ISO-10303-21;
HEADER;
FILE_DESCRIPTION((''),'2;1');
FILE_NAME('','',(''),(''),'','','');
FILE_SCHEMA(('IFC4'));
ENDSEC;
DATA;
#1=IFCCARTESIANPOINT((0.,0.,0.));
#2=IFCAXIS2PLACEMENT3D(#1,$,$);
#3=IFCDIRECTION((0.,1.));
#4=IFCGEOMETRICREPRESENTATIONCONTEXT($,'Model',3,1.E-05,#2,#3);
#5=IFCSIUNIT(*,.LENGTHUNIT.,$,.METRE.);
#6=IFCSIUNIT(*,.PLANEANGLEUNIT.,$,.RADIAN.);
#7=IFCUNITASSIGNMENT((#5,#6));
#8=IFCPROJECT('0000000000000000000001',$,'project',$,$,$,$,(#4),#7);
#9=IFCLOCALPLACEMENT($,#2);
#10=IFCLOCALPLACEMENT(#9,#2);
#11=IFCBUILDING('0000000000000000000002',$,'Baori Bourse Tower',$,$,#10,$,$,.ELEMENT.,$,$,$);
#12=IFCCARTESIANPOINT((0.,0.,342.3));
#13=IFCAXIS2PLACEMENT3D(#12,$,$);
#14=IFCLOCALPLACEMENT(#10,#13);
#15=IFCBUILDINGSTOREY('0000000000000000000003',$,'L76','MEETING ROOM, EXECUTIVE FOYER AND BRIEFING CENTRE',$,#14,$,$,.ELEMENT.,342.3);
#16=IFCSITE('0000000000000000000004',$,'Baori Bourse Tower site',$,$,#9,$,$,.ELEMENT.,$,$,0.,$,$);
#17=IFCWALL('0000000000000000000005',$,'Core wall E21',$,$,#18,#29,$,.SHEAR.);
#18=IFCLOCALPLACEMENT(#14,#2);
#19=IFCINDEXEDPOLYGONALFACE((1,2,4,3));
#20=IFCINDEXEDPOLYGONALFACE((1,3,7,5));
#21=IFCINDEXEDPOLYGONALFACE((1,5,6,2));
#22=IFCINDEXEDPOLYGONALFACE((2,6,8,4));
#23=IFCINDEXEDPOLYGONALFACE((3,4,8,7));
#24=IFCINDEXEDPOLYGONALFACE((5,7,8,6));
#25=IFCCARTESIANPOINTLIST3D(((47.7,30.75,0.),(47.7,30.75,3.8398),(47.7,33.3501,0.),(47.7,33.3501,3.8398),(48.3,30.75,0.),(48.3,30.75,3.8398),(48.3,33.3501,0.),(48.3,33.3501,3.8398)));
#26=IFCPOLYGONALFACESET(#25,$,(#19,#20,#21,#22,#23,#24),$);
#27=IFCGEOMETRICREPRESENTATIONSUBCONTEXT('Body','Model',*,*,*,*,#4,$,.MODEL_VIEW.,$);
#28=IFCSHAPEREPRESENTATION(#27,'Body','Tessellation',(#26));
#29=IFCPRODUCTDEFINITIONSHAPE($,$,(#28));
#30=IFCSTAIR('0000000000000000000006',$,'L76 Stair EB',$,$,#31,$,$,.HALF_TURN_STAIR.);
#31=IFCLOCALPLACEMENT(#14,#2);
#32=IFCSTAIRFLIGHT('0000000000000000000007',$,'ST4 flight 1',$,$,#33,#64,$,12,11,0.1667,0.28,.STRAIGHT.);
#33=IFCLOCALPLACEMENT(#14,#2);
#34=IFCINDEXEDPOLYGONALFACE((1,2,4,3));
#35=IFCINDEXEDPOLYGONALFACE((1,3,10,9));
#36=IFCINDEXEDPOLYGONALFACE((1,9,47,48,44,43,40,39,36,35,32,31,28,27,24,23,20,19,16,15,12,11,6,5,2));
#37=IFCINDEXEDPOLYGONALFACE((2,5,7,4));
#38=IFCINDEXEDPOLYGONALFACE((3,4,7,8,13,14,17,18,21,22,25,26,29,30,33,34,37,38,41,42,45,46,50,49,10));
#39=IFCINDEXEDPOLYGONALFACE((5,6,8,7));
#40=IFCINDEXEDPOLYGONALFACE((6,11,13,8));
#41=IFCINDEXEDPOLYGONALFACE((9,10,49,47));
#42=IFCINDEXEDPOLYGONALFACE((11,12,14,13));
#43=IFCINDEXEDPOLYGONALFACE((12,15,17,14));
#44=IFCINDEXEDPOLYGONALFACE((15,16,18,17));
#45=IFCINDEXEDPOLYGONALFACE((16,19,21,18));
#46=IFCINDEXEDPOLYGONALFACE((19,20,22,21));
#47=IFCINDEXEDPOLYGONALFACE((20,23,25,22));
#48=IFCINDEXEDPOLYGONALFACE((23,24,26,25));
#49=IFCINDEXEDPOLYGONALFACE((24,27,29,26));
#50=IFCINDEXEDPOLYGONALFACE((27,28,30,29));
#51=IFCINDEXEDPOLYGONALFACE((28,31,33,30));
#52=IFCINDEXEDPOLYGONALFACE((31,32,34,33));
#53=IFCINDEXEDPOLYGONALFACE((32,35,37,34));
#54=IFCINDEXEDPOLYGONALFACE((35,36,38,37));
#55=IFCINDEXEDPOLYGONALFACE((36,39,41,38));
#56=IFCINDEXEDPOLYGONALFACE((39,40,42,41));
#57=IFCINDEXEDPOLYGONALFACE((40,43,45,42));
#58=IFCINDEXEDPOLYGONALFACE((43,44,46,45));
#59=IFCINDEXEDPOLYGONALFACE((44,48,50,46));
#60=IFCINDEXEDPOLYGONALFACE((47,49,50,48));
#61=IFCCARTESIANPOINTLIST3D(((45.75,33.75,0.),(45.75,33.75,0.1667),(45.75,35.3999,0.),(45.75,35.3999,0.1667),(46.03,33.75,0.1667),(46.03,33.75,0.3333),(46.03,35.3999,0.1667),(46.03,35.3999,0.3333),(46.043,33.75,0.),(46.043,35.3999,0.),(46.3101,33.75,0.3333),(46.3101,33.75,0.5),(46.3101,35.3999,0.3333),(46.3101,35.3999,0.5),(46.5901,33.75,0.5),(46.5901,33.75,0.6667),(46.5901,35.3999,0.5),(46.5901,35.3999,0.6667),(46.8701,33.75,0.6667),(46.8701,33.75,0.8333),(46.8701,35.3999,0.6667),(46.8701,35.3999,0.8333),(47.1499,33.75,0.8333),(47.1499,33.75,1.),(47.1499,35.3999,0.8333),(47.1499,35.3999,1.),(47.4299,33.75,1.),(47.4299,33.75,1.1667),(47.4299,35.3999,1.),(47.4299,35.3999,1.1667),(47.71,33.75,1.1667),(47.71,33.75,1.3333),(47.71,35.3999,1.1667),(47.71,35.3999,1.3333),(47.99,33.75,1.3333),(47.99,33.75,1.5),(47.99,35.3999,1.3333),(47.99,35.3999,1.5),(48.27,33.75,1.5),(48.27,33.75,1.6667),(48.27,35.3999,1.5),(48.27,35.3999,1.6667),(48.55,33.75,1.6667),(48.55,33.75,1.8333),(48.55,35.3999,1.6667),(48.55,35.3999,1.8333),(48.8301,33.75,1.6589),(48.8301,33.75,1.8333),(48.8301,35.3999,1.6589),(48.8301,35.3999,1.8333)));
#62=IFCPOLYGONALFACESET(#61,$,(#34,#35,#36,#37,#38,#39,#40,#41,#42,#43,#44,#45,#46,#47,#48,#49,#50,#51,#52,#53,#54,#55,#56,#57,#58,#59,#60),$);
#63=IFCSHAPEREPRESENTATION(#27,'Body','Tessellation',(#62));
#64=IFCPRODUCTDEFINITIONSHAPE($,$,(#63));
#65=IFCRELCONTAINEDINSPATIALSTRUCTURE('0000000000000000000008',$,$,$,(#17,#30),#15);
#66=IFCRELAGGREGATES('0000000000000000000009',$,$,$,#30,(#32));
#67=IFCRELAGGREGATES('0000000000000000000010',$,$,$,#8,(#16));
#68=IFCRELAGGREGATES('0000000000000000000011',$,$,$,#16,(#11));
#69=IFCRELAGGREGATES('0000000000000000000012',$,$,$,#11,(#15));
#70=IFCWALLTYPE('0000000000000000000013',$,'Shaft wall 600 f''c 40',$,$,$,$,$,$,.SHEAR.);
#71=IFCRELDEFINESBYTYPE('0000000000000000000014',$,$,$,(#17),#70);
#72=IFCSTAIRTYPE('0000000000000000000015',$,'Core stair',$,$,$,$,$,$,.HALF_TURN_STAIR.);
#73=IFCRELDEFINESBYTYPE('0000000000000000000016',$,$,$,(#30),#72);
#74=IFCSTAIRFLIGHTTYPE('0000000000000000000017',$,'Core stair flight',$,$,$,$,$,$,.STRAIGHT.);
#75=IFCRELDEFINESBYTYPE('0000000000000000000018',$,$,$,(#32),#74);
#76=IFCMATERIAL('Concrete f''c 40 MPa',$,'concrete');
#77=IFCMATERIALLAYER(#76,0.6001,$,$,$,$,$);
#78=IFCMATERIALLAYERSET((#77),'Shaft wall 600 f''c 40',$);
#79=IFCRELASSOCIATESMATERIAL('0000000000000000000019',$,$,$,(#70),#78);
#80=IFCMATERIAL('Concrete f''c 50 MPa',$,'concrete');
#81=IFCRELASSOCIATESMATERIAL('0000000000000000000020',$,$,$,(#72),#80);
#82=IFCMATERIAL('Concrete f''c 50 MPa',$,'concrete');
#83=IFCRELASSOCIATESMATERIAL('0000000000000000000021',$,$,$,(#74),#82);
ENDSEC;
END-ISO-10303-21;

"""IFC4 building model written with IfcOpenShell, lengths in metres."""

from ifc_helpers import new_model, si_unit, direction, frame, frame_2d, origin, place, context, subcontext, project, spatial, polyline, rectangle, outline, extrude, material, layer, layer_set, type_object, element, aggregate, save


model = new_model("IFC4")

# Units and contexts
model_context = context("Model", 3, precision=1e-05, world=origin(), true_north=direction((0.0, 1.0)))
body_context = subcontext(model_context, "Body", "Model", "MODEL_VIEW")
ifc_project = project(units=[si_unit("LENGTHUNIT", "METRE"), si_unit("PLANEANGLEUNIT", "RADIAN")], contexts=[model_context])

# Site, building, storey
site_placement = place(None, origin())
site = spatial("IfcSite", under=ifc_project, at=site_placement, Name="Baori Bourse Tower site", CompositionType="ELEMENT", RefElevation=0.0)
building_placement = place(site_placement, origin())
building = spatial("IfcBuilding", under=site, at=building_placement, Name="Baori Bourse Tower", CompositionType="ELEMENT")
storey_placement = place(building_placement, frame((0.0, 0.0, 342.3)))
storey = spatial("IfcBuildingStorey", under=building, at=storey_placement, Name="L76", Description="MEETING ROOM, EXECUTIVE FOYER AND BRIEFING CENTRE", CompositionType="ELEMENT", Elevation=342.3)

# Wall
ifc_material_1 = material(Name="Concrete f'c 40 MPa", Category="concrete")
ifc_layer_1 = layer(ifc_material_1, 0.6001)
ifc_layer_set_1 = layer_set([ifc_layer_1], Name="Shaft wall 600 f'c 40")
wall_type_1 = type_object("IfcWallType", Name="Shaft wall 600 f'c 40", PredefinedType="SHEAR", material=ifc_layer_set_1)
for number, where, z_axis, x_axis, name in (
    (1, (48.0, 30.75, 0.0), (0.0, 0.0, 1.0), (0.0, 1.0, 0.0), "Core wall E21"),
):
    element("IfcWall", number, at=place(storey_placement, frame(where, z_axis=z_axis, x_axis=x_axis)), inside=storey, type_object=wall_type_1, Name=name, PredefinedType="SHEAR", context=body_context, shape_type="SweptSolid", body=[
        extrude(rectangle(XDim=2.6001, YDim=0.6001, at=frame_2d((1.3, 0.0))), origin(), (0.0, 0.0, 1.0), 3.8398),
    ])

# Stair, stair flight
ifc_material_2 = material(Name="Concrete f'c 50 MPa", Category="concrete")
stair_type = type_object("IfcStairType", Name="Core stair", PredefinedType="HALF_TURN_STAIR", material=ifc_material_2)
stair_placement = place(storey_placement, origin())
stair = element("IfcStair", 2, at=stair_placement, inside=storey, type_object=stair_type, Name="L76 Stair EB", PredefinedType="HALF_TURN_STAIR")
ifc_material_3 = material(Name="Concrete f'c 50 MPa", Category="concrete")
stair_flight_type = type_object("IfcStairFlightType", Name="Core stair flight", PredefinedType="STRAIGHT", material=ifc_material_3)
stair_flight_placement = place(storey_placement, frame((45.75, 34.575, 0.0), z_axis=(0.0, 0.0, 1.0), x_axis=(1.0, 0.0, 0.0)))
stair_flight = element("IfcStairFlight", 3, at=stair_flight_placement, type_object=stair_flight_type, Name="ST4 flight 1", NumberOfRisers=12, NumberOfTreads=11, PredefinedType="STRAIGHT", RiserHeight=0.1667, TreadLength=0.28, context=body_context, shape_type="SweptSolid", body=[
    extrude(outline(polyline([(0.0, 0.0), (0.0, 0.1667), (0.28, 0.1667), (0.28, 0.3333), (0.5601, 0.3333), (0.5601, 0.5), (0.8401, 0.5), (0.8401, 0.6667), (1.1201, 0.6667), (1.1201, 0.8333), (1.3999, 0.8333), (1.3999, 1.0), (1.6799, 1.0), (1.6799, 1.1667), (1.96, 1.1667), (1.96, 1.3333), (2.24, 1.3333), (2.24, 1.5), (2.52, 1.5), (2.52, 1.6667), (2.8, 1.6667), (2.8, 1.8333), (3.0801, 1.8333), (3.0801, 2.0), (3.0801, 1.6589), (0.293, 0.0), (0.0, 0.0)])), frame((0.0, 0.825, 0.0), z_axis=(0.0, -1.0, 0.0), x_axis=(1.0, 0.0, 0.0)), (0.0, 0.0, 1.0), 1.6499),
])
aggregate(stair, [stair_flight])

save(model, "model.ifc")
